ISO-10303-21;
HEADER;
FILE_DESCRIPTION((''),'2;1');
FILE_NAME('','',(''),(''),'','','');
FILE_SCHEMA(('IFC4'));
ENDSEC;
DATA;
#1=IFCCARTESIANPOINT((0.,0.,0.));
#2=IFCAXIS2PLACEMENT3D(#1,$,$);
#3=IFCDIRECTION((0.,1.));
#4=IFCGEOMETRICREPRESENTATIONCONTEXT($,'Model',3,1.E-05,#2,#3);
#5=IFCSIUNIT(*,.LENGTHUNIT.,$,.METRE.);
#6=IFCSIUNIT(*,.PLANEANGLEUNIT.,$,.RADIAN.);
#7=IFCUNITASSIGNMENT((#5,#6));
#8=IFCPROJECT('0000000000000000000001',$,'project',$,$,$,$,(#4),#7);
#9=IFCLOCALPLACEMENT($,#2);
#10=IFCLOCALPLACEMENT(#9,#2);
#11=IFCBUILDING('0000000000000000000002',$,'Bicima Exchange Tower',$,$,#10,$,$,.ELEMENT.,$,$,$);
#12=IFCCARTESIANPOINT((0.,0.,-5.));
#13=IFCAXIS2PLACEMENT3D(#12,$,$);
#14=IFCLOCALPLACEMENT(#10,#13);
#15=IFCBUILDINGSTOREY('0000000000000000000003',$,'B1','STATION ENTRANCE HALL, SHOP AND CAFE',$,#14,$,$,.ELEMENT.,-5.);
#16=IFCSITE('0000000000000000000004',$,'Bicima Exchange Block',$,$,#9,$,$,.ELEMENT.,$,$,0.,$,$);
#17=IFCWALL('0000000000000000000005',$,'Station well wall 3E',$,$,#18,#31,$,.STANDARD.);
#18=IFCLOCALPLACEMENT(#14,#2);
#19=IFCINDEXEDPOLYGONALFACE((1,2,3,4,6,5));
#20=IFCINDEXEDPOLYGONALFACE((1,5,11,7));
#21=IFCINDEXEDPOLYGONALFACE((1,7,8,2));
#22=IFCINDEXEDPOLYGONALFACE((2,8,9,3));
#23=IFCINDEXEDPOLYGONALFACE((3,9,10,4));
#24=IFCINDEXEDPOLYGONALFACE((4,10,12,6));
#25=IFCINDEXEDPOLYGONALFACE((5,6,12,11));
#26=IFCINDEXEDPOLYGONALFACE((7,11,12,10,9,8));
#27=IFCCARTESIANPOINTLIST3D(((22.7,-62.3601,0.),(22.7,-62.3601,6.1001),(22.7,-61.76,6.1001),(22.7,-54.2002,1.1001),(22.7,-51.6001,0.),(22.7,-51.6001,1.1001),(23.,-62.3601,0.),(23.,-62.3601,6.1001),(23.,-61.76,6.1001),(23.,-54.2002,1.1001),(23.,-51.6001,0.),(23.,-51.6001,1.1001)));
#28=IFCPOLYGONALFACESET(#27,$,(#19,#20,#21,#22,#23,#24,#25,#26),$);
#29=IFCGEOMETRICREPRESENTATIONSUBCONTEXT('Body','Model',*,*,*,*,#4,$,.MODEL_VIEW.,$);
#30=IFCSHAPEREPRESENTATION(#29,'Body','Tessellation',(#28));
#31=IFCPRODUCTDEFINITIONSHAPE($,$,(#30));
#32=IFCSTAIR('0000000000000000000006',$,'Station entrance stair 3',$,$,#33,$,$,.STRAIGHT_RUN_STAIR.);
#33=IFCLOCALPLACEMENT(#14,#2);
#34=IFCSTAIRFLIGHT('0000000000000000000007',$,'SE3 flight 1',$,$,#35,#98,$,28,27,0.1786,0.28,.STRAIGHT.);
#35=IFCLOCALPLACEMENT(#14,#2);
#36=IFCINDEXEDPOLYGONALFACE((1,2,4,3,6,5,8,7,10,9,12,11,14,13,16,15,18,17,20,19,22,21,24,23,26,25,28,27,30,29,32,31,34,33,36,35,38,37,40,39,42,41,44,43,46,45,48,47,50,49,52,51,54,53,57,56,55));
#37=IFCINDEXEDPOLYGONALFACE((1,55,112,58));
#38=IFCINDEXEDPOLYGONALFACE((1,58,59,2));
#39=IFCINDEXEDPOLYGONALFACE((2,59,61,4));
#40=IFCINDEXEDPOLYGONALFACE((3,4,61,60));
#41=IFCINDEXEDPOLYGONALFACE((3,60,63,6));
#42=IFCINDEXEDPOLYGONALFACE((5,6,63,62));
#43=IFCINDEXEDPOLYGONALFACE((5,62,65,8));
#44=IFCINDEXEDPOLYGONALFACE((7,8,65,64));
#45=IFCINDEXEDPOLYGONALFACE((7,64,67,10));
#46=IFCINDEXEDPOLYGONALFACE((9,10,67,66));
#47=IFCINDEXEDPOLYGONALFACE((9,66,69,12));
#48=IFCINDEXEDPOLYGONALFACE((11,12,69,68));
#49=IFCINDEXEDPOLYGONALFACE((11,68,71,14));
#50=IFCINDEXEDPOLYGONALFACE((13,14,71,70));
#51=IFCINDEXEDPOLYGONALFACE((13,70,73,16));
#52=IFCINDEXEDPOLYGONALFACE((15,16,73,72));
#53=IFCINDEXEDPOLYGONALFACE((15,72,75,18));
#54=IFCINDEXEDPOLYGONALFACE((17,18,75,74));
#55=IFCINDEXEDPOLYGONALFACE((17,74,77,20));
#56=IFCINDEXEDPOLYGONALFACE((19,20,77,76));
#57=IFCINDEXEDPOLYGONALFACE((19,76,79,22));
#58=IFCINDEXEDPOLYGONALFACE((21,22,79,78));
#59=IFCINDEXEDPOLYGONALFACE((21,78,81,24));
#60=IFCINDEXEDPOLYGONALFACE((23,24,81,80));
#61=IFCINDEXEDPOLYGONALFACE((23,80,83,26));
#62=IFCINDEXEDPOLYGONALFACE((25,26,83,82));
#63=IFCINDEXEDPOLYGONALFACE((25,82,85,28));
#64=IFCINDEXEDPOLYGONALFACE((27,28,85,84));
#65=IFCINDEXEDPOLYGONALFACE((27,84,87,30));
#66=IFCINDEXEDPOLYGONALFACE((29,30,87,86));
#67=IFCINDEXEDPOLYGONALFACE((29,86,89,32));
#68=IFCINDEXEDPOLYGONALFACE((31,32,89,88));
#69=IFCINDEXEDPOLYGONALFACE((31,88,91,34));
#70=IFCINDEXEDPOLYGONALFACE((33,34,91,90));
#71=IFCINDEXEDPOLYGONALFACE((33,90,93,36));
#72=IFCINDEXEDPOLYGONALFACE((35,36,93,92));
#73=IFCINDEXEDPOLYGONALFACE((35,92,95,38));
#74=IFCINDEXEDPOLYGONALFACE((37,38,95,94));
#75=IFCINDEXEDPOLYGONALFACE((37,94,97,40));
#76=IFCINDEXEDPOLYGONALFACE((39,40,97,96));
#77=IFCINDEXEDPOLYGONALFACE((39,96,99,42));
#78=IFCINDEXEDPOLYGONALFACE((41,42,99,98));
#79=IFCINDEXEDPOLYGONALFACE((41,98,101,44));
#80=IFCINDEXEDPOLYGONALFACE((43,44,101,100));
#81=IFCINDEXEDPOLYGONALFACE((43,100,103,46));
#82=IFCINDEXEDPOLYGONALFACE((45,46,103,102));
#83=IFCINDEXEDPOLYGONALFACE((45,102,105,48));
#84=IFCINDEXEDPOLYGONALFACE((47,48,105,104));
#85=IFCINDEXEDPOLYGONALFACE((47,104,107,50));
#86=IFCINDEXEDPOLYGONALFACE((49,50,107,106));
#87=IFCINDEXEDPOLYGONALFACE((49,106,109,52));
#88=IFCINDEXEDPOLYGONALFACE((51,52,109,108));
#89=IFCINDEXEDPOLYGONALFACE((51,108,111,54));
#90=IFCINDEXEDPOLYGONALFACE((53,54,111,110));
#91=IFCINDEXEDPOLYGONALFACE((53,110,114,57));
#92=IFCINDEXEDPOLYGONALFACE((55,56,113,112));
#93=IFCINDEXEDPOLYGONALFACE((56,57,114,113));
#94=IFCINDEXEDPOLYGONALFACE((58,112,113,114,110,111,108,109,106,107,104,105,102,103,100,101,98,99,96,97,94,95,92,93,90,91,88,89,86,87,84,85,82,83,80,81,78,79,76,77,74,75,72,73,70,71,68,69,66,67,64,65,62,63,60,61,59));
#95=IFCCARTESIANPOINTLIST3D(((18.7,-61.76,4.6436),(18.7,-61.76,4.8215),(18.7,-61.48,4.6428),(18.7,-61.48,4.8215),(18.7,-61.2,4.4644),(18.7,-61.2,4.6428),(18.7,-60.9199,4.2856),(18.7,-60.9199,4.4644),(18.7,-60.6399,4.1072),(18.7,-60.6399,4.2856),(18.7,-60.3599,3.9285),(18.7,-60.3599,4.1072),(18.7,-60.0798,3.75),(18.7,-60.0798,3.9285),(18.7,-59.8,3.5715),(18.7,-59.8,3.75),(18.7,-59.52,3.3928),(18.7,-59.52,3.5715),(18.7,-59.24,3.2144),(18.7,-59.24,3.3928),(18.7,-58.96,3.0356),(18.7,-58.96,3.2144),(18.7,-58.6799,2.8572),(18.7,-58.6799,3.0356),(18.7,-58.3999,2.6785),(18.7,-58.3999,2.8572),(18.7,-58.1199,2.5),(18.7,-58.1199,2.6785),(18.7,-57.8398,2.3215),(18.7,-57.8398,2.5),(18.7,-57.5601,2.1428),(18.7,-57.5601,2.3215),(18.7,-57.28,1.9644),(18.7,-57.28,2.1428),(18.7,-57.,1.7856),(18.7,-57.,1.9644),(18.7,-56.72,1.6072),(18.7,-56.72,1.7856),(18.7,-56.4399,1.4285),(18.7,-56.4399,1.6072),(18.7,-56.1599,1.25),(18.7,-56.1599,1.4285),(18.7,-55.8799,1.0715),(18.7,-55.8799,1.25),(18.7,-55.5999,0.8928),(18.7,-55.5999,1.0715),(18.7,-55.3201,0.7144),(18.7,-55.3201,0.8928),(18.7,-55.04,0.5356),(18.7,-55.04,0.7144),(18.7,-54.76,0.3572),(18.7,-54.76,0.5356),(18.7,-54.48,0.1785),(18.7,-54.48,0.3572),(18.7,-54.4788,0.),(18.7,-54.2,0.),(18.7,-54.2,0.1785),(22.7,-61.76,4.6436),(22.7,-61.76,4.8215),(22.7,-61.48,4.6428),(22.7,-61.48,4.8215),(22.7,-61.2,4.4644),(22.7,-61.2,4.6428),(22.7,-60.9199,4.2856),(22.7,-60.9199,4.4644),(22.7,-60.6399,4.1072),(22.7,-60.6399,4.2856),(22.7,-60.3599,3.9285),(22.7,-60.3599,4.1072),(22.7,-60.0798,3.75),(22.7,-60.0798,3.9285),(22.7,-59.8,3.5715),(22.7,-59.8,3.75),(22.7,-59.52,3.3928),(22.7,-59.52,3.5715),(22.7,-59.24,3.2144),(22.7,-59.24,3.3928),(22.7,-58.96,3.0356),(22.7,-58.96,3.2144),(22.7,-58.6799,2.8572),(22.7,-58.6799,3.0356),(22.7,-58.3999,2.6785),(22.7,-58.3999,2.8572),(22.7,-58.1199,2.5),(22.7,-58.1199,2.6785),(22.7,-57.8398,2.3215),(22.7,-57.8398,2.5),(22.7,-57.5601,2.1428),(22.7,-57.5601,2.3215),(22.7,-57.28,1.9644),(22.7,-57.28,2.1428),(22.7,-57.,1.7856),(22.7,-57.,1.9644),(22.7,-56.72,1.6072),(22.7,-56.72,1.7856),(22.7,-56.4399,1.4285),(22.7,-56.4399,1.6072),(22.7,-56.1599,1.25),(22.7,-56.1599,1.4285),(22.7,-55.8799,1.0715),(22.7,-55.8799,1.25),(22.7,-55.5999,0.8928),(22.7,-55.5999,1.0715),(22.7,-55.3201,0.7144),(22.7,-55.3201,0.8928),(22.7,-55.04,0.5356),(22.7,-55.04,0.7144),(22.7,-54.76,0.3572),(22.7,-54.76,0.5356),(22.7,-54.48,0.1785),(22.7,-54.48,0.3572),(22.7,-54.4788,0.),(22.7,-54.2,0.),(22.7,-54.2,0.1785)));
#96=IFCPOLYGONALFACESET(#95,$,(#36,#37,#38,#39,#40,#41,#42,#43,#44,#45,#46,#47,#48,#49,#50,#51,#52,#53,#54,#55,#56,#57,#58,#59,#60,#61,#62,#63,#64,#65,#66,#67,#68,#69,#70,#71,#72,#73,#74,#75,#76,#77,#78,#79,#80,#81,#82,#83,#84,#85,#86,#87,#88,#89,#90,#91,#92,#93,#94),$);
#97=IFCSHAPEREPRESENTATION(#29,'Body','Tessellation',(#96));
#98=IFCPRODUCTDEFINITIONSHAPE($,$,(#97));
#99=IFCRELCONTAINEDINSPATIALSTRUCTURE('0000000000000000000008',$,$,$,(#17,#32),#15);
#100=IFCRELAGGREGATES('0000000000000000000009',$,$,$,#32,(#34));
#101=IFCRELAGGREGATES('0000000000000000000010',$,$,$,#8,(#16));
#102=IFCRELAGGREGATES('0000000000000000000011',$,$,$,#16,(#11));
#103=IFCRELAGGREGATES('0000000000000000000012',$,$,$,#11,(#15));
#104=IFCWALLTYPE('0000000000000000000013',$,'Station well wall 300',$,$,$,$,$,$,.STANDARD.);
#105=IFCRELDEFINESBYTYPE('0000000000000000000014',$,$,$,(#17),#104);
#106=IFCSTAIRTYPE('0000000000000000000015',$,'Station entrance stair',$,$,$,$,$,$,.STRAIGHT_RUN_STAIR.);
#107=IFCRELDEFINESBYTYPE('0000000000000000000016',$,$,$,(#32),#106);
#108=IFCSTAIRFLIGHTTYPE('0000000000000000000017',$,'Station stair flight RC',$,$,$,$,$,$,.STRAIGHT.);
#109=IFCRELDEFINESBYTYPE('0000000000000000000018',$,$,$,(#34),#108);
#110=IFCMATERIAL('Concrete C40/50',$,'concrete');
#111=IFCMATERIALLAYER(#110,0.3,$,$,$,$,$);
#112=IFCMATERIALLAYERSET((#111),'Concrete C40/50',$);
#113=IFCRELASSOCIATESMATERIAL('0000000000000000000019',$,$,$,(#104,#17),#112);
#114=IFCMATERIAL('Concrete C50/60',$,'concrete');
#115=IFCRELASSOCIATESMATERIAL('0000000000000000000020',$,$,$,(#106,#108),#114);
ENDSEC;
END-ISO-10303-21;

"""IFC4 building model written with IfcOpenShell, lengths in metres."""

from ifc_helpers import new_model, si_unit, direction, frame, origin, place, context, subcontext, project, spatial, polyline, outline, extrude, material, layer, layer_set, layer_usage, type_object, element, aggregate, save


model = new_model("IFC4")

# Units and contexts
model_context = context("Model", 3, precision=1e-05, world=origin(), true_north=direction((0.0, 1.0)))
body_context = subcontext(model_context, "Body", "Model", "MODEL_VIEW")
ifc_project = project(units=[si_unit("LENGTHUNIT", "METRE"), si_unit("PLANEANGLEUNIT", "RADIAN")], contexts=[model_context])

# Site, building, storey
site_placement = place(None, origin())
site = spatial("IfcSite", under=ifc_project, at=site_placement, Name="Bicima Exchange Block", CompositionType="ELEMENT", RefElevation=0.0)
building_placement = place(site_placement, origin())
building = spatial("IfcBuilding", under=site, at=building_placement, Name="Bicima Exchange Tower", CompositionType="ELEMENT")
storey_placement = place(building_placement, frame((0.0, 0.0, -5.0)))
storey = spatial("IfcBuildingStorey", under=building, at=storey_placement, Name="B1", Description="STATION ENTRANCE HALL, SHOP AND CAFE", CompositionType="ELEMENT", Elevation=-5.0)

# Shared definitions
ifc_material_1 = material(Name="Concrete C40/50", Category="concrete")

# Wall
ifc_layer_1 = layer(ifc_material_1, 0.3)
ifc_layer_set_1 = layer_set([ifc_layer_1], Name="Concrete C40/50")
ifc_layer_usage_1 = layer_usage(ifc_layer_set_1, "AXIS2", "POSITIVE", -0.15)
wall_type_1 = type_object("IfcWallType", Name="Station well wall 300", PredefinedType="STANDARD", material=ifc_layer_set_1)
for number, where, z_axis, x_axis, name in (
    (1, (22.8501, -51.6001, 0.0), (0.0, 0.0, 1.0), (0.0, -1.0, 0.0), "Station well wall 3E"),
):
    element("IfcWall", number, at=place(storey_placement, frame(where, z_axis=z_axis, x_axis=x_axis)), inside=storey, type_object=wall_type_1, material=ifc_layer_usage_1, Name=name, PredefinedType="STANDARD", context=body_context, shape_type="SweptSolid", body=[
        extrude(outline(polyline([(0.0, 0.0), (10.76, 0.0), (10.76, 6.1001), (10.1599, 6.1001), (2.6001, 1.1001), (0.0, 1.1001), (0.0, 0.0)])), frame((0.0, 0.1499, 0.0), z_axis=(0.0, -1.0, 0.0), x_axis=(1.0, 0.0, 0.0)), (0.0, 0.0, 1.0), 0.3),
    ])

# Stair, stair flight
ifc_material_2 = material(Name="Concrete C50/60", Category="concrete")
stair_type = type_object("IfcStairType", Name="Station entrance stair", PredefinedType="STRAIGHT_RUN_STAIR", material=ifc_material_2)
stair_placement = place(storey_placement, origin())
stair = element("IfcStair", 2, at=stair_placement, inside=storey, type_object=stair_type, Name="Station entrance stair 3", PredefinedType="STRAIGHT_RUN_STAIR")
stair_flight_type = type_object("IfcStairFlightType", Name="Station stair flight RC", PredefinedType="STRAIGHT", material=ifc_material_2)
stair_flight_placement = place(storey_placement, frame((20.7, -54.2, 0.0), z_axis=(0.0, 0.0, 1.0), x_axis=(0.0, -1.0, 0.0)))
stair_flight = element("IfcStairFlight", 3, at=stair_flight_placement, type_object=stair_flight_type, Name="SE3 flight 1", NumberOfRisers=28, NumberOfTreads=27, PredefinedType="STRAIGHT", RiserHeight=0.1786, TreadLength=0.28, context=body_context, shape_type="SweptSolid", body=[
    extrude(outline(polyline([(0.0, 0.0), (0.0, 0.1785), (0.28, 0.1785), (0.28, 0.3572), (0.5601, 0.3572), (0.5601, 0.5356), (0.8401, 0.5356), (0.8401, 0.7144), (1.1201, 0.7144), (1.1201, 0.8928), (1.3999, 0.8928), (1.3999, 1.0715), (1.6799, 1.0715), (1.6799, 1.25), (1.96, 1.25), (1.96, 1.4285), (2.24, 1.4285), (2.24, 1.6072), (2.52, 1.6072), (2.52, 1.7856), (2.8, 1.7856), (2.8, 1.9644), (3.0801, 1.9644), (3.0801, 2.1428), (3.3601, 2.1428), (3.3601, 2.3215), (3.6399, 2.3215), (3.6399, 2.5), (3.9199, 2.5), (3.9199, 2.6785), (4.2, 2.6785), (4.2, 2.8572), (4.48, 2.8572), (4.48, 3.0356), (4.76, 3.0356), (4.76, 3.2144), (5.04, 3.2144), (5.04, 3.3928), (5.3201, 3.3928), (5.3201, 3.5715), (5.6001, 3.5715), (5.6001, 3.75), (5.8799, 3.75), (5.8799, 3.9285), (6.1599, 3.9285), (6.1599, 4.1072), (6.4399, 4.1072), (6.4399, 4.2856), (6.72, 4.2856), (6.72, 4.4644), (7.0, 4.4644), (7.0, 4.6428), (7.28, 4.6428), (7.28, 4.8215), (7.5601, 4.8215), (7.5601, 5.0), (7.5601, 4.6436), (0.2788, 0.0), (0.0, 0.0)])), frame((0.0, 2.0, 0.0), z_axis=(0.0, -1.0, 0.0), x_axis=(1.0, 0.0, 0.0)), (0.0, 0.0, 1.0), 4.0),
])
aggregate(stair, [stair_flight])

save(model, "model.ifc")
